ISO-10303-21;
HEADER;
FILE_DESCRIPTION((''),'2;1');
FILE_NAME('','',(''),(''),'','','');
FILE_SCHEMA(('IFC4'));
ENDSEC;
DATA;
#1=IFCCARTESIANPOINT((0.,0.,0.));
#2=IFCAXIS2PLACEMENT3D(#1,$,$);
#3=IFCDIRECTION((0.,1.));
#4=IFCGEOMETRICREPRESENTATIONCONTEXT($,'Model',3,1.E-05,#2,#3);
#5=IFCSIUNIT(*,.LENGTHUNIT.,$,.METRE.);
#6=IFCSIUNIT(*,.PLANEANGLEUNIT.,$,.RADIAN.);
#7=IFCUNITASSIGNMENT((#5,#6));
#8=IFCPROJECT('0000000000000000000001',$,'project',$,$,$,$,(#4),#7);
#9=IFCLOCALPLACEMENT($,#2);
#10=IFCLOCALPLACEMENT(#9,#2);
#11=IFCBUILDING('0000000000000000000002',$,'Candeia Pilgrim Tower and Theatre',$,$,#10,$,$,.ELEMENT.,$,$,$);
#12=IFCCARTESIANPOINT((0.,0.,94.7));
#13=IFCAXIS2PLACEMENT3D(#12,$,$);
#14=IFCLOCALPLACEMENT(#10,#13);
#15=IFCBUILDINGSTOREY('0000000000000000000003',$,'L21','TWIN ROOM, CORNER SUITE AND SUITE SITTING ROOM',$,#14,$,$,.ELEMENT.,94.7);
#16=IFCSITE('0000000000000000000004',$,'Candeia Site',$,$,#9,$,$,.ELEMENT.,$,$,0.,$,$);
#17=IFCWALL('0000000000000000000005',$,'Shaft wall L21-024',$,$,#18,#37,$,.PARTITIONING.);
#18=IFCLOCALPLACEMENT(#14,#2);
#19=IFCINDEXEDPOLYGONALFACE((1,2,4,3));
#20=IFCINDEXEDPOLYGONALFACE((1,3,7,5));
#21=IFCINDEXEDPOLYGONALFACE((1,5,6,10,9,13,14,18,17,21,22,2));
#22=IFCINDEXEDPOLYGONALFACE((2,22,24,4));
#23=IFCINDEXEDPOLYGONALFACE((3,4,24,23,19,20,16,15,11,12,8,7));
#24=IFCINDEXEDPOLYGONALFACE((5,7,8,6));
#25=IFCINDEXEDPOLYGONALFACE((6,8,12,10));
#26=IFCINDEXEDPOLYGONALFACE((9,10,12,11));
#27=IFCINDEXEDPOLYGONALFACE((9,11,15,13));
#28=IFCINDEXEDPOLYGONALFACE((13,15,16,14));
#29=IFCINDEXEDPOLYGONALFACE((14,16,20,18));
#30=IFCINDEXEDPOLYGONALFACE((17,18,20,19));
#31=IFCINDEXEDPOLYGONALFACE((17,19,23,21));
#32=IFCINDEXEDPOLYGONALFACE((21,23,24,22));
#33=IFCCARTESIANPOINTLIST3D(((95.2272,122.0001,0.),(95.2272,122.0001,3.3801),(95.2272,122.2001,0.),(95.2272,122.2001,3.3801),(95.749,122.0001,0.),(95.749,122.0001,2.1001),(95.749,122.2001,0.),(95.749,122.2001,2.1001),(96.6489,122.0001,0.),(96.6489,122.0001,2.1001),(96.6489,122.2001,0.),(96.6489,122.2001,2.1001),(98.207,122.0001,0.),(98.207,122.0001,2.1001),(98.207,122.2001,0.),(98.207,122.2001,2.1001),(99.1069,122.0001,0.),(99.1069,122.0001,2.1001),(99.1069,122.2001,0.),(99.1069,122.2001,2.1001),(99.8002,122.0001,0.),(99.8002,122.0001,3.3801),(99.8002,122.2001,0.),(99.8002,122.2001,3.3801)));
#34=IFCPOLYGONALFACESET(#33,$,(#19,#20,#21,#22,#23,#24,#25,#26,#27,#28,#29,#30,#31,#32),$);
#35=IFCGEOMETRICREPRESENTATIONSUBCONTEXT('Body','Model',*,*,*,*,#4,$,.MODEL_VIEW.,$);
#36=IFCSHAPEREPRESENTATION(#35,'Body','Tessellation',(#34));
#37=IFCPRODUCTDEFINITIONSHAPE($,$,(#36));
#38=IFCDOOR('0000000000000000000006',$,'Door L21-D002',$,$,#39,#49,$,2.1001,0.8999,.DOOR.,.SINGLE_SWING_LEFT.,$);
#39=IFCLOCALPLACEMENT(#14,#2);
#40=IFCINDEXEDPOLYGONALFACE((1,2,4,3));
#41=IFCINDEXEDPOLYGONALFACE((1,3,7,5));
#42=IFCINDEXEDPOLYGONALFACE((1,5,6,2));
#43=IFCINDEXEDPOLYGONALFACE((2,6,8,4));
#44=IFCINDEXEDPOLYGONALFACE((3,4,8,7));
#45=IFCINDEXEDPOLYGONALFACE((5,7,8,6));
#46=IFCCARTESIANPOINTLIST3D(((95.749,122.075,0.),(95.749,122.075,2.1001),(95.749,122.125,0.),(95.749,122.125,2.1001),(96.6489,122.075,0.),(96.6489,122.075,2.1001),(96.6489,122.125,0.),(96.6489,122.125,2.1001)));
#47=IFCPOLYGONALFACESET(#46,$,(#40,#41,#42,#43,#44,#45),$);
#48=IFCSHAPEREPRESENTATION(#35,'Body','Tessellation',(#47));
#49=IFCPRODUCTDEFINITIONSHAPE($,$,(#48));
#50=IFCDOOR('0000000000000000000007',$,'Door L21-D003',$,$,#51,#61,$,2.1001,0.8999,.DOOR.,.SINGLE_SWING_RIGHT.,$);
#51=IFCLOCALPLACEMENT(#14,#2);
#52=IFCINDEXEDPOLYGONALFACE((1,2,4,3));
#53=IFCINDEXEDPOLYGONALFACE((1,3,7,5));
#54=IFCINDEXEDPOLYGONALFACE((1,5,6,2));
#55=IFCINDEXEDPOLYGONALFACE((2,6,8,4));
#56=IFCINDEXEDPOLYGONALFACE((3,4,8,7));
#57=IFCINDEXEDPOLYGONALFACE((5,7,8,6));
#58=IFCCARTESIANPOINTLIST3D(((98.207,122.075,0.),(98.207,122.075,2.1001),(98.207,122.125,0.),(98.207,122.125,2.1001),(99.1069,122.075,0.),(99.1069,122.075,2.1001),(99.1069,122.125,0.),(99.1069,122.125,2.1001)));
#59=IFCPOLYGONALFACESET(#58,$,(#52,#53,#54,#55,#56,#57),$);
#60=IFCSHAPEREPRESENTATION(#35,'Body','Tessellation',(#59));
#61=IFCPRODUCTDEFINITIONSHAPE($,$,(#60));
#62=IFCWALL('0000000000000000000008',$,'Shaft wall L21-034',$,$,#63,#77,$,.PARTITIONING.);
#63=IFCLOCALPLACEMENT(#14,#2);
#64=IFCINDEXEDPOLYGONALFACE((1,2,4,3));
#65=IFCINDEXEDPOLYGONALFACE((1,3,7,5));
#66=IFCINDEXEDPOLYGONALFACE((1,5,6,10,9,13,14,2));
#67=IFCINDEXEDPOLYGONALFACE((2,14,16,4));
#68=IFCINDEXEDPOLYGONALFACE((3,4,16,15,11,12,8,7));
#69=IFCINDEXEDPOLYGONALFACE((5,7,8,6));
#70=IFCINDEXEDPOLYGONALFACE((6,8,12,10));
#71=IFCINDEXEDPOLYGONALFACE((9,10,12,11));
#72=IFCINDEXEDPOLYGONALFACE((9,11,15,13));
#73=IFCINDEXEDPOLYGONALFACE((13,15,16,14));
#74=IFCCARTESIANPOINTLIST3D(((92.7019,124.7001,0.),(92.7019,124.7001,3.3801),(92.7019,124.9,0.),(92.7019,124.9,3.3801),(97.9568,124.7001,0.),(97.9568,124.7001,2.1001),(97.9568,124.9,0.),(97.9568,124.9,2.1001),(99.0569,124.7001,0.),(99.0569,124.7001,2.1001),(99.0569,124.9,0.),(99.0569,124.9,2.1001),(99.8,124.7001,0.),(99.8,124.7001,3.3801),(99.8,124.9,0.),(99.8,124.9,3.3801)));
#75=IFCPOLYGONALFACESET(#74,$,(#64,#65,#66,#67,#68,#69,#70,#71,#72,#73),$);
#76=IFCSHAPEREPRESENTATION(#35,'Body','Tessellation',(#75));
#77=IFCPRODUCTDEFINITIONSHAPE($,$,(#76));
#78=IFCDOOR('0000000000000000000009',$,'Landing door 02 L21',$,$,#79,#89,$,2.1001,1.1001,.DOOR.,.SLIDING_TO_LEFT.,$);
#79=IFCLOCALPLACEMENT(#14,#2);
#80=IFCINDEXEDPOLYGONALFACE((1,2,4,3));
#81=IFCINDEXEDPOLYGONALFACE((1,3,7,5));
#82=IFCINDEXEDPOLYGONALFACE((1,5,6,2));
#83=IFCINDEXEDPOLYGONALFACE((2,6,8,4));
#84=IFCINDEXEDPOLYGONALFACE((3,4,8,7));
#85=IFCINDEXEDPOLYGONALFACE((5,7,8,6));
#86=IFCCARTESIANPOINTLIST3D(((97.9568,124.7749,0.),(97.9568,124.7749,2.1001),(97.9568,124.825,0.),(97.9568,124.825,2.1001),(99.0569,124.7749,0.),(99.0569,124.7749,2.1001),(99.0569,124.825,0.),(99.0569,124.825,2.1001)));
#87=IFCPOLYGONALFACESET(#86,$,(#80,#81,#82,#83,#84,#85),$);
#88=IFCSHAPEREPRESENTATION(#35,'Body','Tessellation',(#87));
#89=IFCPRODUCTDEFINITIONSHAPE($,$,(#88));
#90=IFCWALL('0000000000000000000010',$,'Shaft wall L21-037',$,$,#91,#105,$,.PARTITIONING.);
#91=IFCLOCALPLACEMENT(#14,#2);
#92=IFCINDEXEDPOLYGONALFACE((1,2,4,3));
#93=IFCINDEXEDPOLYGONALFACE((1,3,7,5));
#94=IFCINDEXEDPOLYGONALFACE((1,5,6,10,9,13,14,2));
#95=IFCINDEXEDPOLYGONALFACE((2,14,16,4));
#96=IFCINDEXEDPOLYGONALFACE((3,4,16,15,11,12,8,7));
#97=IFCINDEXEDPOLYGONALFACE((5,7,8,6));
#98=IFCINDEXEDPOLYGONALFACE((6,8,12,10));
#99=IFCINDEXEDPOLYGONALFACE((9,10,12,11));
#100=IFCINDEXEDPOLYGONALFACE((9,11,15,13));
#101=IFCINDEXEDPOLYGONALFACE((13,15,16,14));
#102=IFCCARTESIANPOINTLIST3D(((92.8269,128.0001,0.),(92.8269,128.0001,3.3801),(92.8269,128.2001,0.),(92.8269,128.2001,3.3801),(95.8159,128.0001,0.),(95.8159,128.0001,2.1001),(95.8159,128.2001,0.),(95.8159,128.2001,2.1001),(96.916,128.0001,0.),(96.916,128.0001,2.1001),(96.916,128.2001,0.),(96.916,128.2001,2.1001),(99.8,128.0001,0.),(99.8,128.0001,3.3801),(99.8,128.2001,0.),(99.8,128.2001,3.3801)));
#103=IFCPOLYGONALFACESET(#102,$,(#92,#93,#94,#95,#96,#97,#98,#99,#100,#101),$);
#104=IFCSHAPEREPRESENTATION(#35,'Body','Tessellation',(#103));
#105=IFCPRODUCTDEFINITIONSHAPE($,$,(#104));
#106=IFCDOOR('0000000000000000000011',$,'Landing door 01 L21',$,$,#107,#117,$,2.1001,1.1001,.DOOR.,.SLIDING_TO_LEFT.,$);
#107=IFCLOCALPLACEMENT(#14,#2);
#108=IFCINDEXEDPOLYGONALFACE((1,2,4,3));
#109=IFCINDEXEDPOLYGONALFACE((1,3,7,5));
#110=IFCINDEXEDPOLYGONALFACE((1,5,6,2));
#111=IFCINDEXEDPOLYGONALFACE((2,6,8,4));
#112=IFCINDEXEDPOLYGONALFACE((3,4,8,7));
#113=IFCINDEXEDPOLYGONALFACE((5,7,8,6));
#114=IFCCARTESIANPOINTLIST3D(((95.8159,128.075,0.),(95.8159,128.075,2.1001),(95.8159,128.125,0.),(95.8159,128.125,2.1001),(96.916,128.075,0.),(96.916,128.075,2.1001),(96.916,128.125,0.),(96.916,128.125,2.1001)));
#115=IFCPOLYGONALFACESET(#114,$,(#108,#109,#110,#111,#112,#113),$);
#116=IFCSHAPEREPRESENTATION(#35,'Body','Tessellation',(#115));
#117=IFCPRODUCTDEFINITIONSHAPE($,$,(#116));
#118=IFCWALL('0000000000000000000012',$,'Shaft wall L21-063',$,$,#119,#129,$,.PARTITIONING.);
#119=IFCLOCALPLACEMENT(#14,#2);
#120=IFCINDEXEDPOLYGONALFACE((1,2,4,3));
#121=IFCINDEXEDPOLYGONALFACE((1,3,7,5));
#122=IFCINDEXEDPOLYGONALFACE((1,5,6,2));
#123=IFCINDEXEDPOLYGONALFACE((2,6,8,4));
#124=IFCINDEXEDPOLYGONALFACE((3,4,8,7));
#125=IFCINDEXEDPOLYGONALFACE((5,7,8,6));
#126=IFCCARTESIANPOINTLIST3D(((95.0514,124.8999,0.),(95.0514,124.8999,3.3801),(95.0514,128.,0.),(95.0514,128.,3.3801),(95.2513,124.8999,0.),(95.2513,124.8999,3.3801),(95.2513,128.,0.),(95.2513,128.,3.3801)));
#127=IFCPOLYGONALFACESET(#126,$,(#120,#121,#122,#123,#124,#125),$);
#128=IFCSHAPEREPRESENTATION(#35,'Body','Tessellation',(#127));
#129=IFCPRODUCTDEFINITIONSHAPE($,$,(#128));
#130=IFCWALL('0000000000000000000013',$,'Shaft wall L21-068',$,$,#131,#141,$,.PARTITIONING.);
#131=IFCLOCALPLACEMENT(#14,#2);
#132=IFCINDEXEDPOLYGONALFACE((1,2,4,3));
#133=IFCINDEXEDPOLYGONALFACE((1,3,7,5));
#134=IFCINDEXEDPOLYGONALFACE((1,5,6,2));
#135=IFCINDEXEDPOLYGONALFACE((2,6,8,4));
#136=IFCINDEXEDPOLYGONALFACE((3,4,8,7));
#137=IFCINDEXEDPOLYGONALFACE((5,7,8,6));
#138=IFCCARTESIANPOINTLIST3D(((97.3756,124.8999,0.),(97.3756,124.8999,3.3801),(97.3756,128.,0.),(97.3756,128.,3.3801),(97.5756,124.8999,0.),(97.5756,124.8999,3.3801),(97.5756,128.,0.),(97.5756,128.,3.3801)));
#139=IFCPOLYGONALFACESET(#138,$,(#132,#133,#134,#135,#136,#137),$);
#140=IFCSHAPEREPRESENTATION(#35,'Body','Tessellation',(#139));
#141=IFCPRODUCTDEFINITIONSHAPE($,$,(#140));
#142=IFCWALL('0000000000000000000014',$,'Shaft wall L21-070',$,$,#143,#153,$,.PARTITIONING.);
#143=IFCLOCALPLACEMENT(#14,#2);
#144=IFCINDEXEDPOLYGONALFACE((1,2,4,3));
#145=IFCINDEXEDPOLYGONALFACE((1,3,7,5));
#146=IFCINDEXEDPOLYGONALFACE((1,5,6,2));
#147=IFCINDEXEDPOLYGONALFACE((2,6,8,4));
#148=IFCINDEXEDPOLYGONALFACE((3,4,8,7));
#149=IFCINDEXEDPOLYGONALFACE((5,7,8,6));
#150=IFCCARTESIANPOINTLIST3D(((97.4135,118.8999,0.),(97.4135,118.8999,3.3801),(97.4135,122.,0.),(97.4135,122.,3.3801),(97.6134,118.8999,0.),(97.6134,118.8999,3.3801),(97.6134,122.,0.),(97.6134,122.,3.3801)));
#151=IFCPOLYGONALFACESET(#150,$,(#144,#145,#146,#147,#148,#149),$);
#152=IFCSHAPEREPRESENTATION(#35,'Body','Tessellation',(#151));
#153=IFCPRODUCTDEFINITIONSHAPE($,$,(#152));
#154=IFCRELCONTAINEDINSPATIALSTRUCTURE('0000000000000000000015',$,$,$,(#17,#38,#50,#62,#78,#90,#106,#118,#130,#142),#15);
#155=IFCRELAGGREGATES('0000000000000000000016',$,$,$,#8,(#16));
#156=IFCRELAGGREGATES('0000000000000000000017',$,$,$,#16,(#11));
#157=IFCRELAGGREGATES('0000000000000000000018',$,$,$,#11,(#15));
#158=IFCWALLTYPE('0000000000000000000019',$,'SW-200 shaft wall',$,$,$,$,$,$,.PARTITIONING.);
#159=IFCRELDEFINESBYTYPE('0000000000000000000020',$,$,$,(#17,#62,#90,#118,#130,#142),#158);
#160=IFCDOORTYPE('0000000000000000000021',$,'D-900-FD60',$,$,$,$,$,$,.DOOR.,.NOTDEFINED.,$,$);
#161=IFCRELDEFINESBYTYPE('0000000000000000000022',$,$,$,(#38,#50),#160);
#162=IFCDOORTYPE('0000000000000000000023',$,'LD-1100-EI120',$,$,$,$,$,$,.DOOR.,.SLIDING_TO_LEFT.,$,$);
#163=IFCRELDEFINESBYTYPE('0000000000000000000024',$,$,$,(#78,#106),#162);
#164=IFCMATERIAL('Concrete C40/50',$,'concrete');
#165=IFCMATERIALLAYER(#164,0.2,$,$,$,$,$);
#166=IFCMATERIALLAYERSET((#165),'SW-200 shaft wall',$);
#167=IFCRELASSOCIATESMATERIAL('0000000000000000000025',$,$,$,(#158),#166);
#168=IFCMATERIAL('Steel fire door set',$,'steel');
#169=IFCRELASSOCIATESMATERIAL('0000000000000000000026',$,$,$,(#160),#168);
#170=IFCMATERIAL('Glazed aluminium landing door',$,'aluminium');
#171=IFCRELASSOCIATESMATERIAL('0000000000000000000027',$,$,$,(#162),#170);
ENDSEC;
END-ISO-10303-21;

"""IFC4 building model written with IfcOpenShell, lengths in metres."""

from ifc_helpers import new_model, si_unit, direction, frame, frame_2d, origin, place, context, subcontext, project, spatial, rectangle, extrude, material, layer, layer_set, type_object, element, fill, save


model = new_model("IFC4")

# Units and contexts
model_context = context("Model", 3, precision=1e-05, world=origin(), true_north=direction((0.0, 1.0)))
body_context = subcontext(model_context, "Body", "Model", "MODEL_VIEW")
ifc_project = project(units=[si_unit("LENGTHUNIT", "METRE"), si_unit("PLANEANGLEUNIT", "RADIAN")], contexts=[model_context])

# Site, building, storey
site_placement = place(None, origin())
site = spatial("IfcSite", under=ifc_project, at=site_placement, Name="Candeia Site", CompositionType="ELEMENT", RefElevation=0.0)
building_placement = place(site_placement, origin())
building = spatial("IfcBuilding", under=site, at=building_placement, Name="Candeia Pilgrim Tower and Theatre", CompositionType="ELEMENT")
storey_placement = place(building_placement, frame((0.0, 0.0, 94.7)))
storey = spatial("IfcBuildingStorey", under=building, at=storey_placement, Name="L21", Description="TWIN ROOM, CORNER SUITE AND SUITE SITTING ROOM", CompositionType="ELEMENT", Elevation=94.7)

# Shared definitions
ifc_material_1 = material(Name="Steel fire door set", Category="steel")

# Shared definitions
ifc_material_2 = material(Name="Concrete C40/50", Category="concrete")
ifc_layer_1 = layer(ifc_material_2, 0.2)
ifc_layer_set_1 = layer_set([ifc_layer_1], Name="SW-200 shaft wall")
wall_type_1 = type_object("IfcWallType", Name="SW-200 shaft wall", PredefinedType="PARTITIONING", material=ifc_layer_set_1)

# Wall, openings, doors
wall_1_placement = place(storey_placement, frame((95.2271, 122.1001, 0.0), z_axis=(0.0, 0.0, 1.0), x_axis=(1.0, 0.0, 0.0)))
wall_1 = element("IfcWall", 1, at=wall_1_placement, inside=storey, type_object=wall_type_1, Name="Shaft wall L21-024", PredefinedType="PARTITIONING", context=body_context, shape_type="SweptSolid", body=[
    extrude(rectangle(XDim=4.573, YDim=0.2, at=frame_2d((2.2866, 0.0))), origin(), (0.0, 0.0, 1.0), 3.3801),
])
opening_1_placement = place(wall_1_placement, frame((0.522, 0.0, 0.0)))
opening_1 = element("IfcOpeningElement", 2, at=opening_1_placement, cuts=wall_1, PredefinedType="OPENING", context=body_context, shape_type="SweptSolid", body=[
    extrude(rectangle(XDim=0.8999, YDim=2.1001, at=frame_2d((0.45, 1.05))), frame((0.0, 0.1099, 0.0), z_axis=(0.0, -1.0, 0.0), x_axis=(1.0, 0.0, 0.0)), (0.0, 0.0, 1.0), 0.22),
])
opening_2_placement = place(wall_1_placement, frame((2.98, 0.0, 0.0)))
opening_2 = element("IfcOpeningElement", 3, at=opening_2_placement, cuts=wall_1, PredefinedType="OPENING", context=body_context, shape_type="SweptSolid", body=[
    extrude(rectangle(XDim=0.8999, YDim=2.1001, at=frame_2d((0.45, 1.05))), frame((0.0, 0.1099, 0.0), z_axis=(0.0, -1.0, 0.0), x_axis=(1.0, 0.0, 0.0)), (0.0, 0.0, 1.0), 0.22),
])
door_type_1 = type_object("IfcDoorType", Name="D-900-FD60", OperationType="NOTDEFINED", PredefinedType="DOOR", material=ifc_material_1)
door_1_placement = place(opening_1_placement, origin())
door_1 = element("IfcDoor", 4, at=door_1_placement, inside=storey, type_object=door_type_1, Name="Door L21-D002", OperationType="SINGLE_SWING_LEFT", OverallHeight=2.1001, OverallWidth=0.8999, PredefinedType="DOOR", context=body_context, shape_type="SweptSolid", body=[
    extrude(rectangle(XDim=0.8999, YDim=2.1001, at=frame_2d((0.45, 1.05))), frame((0.0, 0.0249, 0.0), z_axis=(0.0, -1.0, 0.0), x_axis=(1.0, 0.0, 0.0)), (0.0, 0.0, 1.0), 0.05),
])
fill(opening_1, door_1)
door_2_placement = place(opening_2_placement, origin())
door_2 = element("IfcDoor", 5, at=door_2_placement, inside=storey, type_object=door_type_1, Name="Door L21-D003", OperationType="SINGLE_SWING_RIGHT", OverallHeight=2.1001, OverallWidth=0.8999, PredefinedType="DOOR", context=body_context, shape_type="SweptSolid", body=[
    extrude(rectangle(XDim=0.8999, YDim=2.1001, at=frame_2d((0.45, 1.05))), frame((0.0, 0.0249, 0.0), z_axis=(0.0, -1.0, 0.0), x_axis=(1.0, 0.0, 0.0)), (0.0, 0.0, 1.0), 0.05),
])
fill(opening_2, door_2)

# Walls, openings, doors
wall_2_placement = place(storey_placement, frame((92.7019, 124.8, 0.0), z_axis=(0.0, 0.0, 1.0), x_axis=(1.0, 0.0, 0.0)))
wall_2 = element("IfcWall", 6, at=wall_2_placement, inside=storey, type_object=wall_type_1, Name="Shaft wall L21-034", PredefinedType="PARTITIONING", context=body_context, shape_type="SweptSolid", body=[
    extrude(rectangle(XDim=7.0981, YDim=0.2, at=frame_2d((3.5491, 0.0))), origin(), (0.0, 0.0, 1.0), 3.3801),
])
opening_3_placement = place(wall_2_placement, frame((5.2549, 0.0, 0.0)))
opening_3 = element("IfcOpeningElement", 7, at=opening_3_placement, cuts=wall_2, PredefinedType="OPENING", context=body_context, shape_type="SweptSolid", body=[
    extrude(rectangle(XDim=1.1001, YDim=2.1001, at=frame_2d((0.55, 1.05))), frame((0.0, 0.1099, 0.0), z_axis=(0.0, -1.0, 0.0), x_axis=(1.0, 0.0, 0.0)), (0.0, 0.0, 1.0), 0.22),
])
ifc_material_3 = material(Name="Glazed aluminium landing door", Category="aluminium")
door_type_2 = type_object("IfcDoorType", Name="LD-1100-EI120", OperationType="SLIDING_TO_LEFT", PredefinedType="DOOR", material=ifc_material_3)
door_3_placement = place(opening_3_placement, origin())
door_3 = element("IfcDoor", 8, at=door_3_placement, inside=storey, type_object=door_type_2, Name="Landing door 02 L21", OperationType="SLIDING_TO_LEFT", OverallHeight=2.1001, OverallWidth=1.1001, PredefinedType="DOOR", context=body_context, shape_type="SweptSolid", body=[
    extrude(rectangle(XDim=1.1001, YDim=2.1001, at=frame_2d((0.55, 1.05))), frame((0.0, 0.0249, 0.0), z_axis=(0.0, -1.0, 0.0), x_axis=(1.0, 0.0, 0.0)), (0.0, 0.0, 1.0), 0.05),
])
fill(opening_3, door_3)
wall_3_placement = place(storey_placement, frame((92.8269, 128.1001, 0.0), z_axis=(0.0, 0.0, 1.0), x_axis=(1.0, 0.0, 0.0)))
wall_3 = element("IfcWall", 9, at=wall_3_placement, inside=storey, type_object=wall_type_1, Name="Shaft wall L21-037", PredefinedType="PARTITIONING", context=body_context, shape_type="SweptSolid", body=[
    extrude(rectangle(XDim=6.9731, YDim=0.2, at=frame_2d((3.4866, 0.0))), origin(), (0.0, 0.0, 1.0), 3.3801),
])
opening_4_placement = place(wall_3_placement, frame((2.989, 0.0, 0.0)))
opening_4 = element("IfcOpeningElement", 10, at=opening_4_placement, cuts=wall_3, PredefinedType="OPENING", context=body_context, shape_type="SweptSolid", body=[
    extrude(rectangle(XDim=1.1001, YDim=2.1001, at=frame_2d((0.55, 1.05))), frame((0.0, 0.1099, 0.0), z_axis=(0.0, -1.0, 0.0), x_axis=(1.0, 0.0, 0.0)), (0.0, 0.0, 1.0), 0.22),
])
door_4_placement = place(opening_4_placement, origin())
door_4 = element("IfcDoor", 11, at=door_4_placement, inside=storey, type_object=door_type_2, Name="Landing door 01 L21", OperationType="SLIDING_TO_LEFT", OverallHeight=2.1001, OverallWidth=1.1001, PredefinedType="DOOR", context=body_context, shape_type="SweptSolid", body=[
    extrude(rectangle(XDim=1.1001, YDim=2.1001, at=frame_2d((0.55, 1.05))), frame((0.0, 0.0249, 0.0), z_axis=(0.0, -1.0, 0.0), x_axis=(1.0, 0.0, 0.0)), (0.0, 0.0, 1.0), 0.05),
])
fill(opening_4, door_4)

# Walls
for number, where, z_axis, x_axis, name in (
    (12, (95.1514, 124.8999, 0.0), (0.0, 0.0, 1.0), (0.0, 1.0, 0.0), "Shaft wall L21-063"),
    (13, (97.4756, 124.8999, 0.0), (0.0, 0.0, 1.0), (0.0, 1.0, 0.0), "Shaft wall L21-068"),
    (14, (97.5134, 118.8999, 0.0), (0.0, 0.0, 1.0), (0.0, 1.0, 0.0), "Shaft wall L21-070"),
):
    element("IfcWall", number, at=place(storey_placement, frame(where, z_axis=z_axis, x_axis=x_axis)), inside=storey, type_object=wall_type_1, Name=name, PredefinedType="PARTITIONING", context=body_context, shape_type="SweptSolid", body=[
        extrude(rectangle(XDim=3.1001, YDim=0.2, at=frame_2d((1.55, 0.0))), origin(), (0.0, 0.0, 1.0), 3.3801),
    ])

save(model, "model.ifc")
